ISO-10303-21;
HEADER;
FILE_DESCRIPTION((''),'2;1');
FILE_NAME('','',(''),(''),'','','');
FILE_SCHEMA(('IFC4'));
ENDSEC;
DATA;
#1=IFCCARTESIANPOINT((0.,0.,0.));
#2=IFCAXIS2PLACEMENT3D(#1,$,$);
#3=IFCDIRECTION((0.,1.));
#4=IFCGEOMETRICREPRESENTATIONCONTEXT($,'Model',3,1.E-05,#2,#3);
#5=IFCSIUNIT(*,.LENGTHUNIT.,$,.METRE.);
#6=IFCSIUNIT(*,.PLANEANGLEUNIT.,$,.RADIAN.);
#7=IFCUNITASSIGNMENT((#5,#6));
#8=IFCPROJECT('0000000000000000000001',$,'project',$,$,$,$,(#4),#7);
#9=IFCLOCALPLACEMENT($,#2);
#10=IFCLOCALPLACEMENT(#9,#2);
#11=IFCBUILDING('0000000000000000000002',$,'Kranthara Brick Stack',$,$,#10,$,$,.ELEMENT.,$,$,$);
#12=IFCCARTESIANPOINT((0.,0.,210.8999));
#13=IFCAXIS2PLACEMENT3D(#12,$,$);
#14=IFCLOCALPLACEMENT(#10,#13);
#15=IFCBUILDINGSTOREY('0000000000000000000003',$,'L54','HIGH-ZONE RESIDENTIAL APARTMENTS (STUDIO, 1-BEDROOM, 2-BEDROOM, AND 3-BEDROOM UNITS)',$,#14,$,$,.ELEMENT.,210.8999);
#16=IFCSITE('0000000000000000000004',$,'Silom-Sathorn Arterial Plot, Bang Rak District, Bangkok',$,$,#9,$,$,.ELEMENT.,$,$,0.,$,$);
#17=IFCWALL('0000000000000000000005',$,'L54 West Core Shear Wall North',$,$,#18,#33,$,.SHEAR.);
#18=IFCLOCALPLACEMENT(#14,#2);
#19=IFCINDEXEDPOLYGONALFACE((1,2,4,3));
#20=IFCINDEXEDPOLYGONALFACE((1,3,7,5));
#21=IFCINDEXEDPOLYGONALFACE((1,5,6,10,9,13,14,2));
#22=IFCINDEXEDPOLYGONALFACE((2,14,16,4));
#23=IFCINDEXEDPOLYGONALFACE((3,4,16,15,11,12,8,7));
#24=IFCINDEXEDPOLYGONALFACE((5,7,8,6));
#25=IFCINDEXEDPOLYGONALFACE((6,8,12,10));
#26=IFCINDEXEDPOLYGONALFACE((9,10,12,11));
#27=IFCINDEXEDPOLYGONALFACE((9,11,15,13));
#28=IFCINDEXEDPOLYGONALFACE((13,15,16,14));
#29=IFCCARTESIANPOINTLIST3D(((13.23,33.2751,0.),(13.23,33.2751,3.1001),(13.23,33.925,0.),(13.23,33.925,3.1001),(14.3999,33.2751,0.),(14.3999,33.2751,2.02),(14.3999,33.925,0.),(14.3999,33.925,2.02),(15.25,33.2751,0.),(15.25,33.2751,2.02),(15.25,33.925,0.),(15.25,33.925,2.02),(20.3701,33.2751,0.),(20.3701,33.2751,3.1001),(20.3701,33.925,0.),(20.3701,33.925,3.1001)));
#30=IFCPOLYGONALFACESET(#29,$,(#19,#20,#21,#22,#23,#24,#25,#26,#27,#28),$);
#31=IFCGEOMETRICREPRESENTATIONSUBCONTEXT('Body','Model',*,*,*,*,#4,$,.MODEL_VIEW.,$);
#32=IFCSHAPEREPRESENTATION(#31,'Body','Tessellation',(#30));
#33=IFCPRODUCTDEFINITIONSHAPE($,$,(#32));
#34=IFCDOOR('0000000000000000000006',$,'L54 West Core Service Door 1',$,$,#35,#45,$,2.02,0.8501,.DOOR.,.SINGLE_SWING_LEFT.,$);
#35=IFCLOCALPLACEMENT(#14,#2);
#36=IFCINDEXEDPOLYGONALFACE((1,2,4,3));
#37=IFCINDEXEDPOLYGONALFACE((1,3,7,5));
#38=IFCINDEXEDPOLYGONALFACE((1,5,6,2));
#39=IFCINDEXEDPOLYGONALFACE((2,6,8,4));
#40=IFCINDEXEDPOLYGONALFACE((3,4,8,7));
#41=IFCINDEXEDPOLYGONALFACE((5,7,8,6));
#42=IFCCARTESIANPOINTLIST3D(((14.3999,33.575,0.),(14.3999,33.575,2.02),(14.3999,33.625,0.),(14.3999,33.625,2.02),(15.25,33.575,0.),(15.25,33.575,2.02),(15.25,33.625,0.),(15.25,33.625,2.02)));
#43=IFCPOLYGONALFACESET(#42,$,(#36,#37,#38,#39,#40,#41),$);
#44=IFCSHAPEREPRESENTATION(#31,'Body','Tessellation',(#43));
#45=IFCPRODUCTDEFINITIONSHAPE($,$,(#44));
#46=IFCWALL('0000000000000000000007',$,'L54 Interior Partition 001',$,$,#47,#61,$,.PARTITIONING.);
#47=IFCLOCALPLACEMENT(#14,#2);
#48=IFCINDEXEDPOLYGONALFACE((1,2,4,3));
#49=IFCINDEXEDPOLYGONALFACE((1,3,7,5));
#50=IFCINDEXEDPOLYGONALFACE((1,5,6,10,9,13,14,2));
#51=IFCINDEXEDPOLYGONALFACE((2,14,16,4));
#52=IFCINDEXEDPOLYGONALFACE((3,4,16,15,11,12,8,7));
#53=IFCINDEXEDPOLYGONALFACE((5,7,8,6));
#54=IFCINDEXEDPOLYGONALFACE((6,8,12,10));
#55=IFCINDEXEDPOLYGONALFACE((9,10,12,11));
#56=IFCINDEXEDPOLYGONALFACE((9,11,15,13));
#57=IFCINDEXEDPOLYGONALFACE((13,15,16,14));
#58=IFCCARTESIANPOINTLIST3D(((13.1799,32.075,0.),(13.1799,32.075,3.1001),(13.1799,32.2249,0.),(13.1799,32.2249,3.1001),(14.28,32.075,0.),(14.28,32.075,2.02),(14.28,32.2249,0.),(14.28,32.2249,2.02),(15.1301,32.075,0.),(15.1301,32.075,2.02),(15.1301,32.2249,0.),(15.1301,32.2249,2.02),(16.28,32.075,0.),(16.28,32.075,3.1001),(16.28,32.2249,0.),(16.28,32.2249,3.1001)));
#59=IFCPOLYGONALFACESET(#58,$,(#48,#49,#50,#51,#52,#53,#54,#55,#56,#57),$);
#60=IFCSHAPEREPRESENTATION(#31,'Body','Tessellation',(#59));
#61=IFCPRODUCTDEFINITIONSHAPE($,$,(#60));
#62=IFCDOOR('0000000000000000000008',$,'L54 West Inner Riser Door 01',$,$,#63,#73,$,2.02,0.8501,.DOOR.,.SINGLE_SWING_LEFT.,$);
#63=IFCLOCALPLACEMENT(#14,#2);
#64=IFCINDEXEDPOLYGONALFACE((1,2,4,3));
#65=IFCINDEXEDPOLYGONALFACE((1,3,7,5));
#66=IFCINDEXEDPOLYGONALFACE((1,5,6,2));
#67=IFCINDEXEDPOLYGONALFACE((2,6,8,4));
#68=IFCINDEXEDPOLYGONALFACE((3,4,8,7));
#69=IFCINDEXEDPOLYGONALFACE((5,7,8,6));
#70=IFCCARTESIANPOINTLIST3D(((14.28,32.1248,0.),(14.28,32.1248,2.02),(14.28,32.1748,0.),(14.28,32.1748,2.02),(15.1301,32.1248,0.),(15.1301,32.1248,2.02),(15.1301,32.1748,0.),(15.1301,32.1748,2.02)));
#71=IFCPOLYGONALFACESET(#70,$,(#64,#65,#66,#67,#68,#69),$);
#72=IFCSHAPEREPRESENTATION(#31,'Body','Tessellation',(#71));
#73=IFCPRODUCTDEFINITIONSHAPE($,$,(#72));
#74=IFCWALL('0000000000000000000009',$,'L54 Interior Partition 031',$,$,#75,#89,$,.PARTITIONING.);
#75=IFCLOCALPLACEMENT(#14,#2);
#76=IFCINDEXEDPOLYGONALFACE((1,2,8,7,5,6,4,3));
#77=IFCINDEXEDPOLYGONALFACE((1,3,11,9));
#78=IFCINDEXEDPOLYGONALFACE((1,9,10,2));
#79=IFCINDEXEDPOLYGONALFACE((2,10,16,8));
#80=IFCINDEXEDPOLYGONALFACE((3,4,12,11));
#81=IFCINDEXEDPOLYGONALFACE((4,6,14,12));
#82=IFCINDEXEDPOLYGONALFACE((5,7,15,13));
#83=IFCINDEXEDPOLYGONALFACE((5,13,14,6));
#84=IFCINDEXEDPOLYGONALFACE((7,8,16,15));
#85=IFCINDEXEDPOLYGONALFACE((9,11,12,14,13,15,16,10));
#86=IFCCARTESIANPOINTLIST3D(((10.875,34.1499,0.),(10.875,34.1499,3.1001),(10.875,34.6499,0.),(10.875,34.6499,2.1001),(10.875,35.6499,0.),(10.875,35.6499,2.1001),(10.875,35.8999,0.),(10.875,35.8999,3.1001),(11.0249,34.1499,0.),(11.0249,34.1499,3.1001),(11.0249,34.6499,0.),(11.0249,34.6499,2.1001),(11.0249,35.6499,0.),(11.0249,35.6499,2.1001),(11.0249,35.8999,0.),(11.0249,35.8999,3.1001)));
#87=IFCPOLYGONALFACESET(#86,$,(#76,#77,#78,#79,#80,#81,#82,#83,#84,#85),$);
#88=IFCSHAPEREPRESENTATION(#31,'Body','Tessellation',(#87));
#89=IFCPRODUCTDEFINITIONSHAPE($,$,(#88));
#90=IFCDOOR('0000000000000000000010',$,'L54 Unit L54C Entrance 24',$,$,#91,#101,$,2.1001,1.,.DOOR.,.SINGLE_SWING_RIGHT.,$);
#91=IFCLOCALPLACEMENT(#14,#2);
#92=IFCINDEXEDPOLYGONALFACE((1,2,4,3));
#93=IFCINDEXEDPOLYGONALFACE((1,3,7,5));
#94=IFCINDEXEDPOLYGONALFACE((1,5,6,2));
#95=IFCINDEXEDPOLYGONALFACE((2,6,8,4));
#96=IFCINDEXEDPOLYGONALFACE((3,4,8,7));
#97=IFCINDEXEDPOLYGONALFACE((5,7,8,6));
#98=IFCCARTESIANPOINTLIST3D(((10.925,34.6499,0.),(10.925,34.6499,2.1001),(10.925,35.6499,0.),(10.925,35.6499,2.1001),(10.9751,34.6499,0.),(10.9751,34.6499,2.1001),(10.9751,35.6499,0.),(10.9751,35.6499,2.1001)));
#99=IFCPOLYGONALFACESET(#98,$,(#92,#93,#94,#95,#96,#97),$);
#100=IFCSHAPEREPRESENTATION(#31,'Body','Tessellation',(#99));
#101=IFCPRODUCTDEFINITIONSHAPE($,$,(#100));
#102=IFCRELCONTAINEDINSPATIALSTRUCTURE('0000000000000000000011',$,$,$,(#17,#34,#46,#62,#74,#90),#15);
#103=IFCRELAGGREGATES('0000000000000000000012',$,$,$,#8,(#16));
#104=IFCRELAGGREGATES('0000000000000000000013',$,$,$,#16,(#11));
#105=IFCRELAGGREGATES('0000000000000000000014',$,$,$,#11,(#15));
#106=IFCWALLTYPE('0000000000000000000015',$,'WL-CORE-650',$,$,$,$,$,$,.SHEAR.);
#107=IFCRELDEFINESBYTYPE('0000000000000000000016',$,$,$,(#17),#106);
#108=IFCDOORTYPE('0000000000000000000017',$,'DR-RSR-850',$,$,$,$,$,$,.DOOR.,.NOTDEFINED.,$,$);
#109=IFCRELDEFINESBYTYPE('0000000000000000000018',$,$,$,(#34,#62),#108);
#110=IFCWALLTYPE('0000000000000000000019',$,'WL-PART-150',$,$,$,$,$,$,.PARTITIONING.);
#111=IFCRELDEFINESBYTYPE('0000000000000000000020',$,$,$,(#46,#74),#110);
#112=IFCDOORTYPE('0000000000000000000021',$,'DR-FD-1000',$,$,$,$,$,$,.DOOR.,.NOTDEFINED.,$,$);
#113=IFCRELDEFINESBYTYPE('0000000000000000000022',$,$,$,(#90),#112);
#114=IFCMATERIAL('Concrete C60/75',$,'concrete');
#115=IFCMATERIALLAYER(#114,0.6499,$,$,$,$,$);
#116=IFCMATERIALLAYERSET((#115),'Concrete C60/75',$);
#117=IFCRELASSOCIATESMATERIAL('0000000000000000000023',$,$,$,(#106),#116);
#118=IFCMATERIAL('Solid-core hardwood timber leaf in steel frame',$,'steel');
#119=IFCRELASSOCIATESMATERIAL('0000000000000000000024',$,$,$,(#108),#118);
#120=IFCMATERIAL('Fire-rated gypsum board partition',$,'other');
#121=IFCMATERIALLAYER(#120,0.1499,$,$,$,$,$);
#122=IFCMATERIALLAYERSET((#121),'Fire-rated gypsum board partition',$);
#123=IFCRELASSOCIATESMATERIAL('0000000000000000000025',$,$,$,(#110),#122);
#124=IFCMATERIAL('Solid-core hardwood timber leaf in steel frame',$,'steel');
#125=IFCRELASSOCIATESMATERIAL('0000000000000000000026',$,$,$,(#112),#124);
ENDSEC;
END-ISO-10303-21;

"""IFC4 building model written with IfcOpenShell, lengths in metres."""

from ifc_helpers import new_model, si_unit, direction, frame, frame_2d, origin, place, context, subcontext, project, spatial, rectangle, extrude, material, layer, layer_set, type_object, element, fill, save


model = new_model("IFC4")

# Units and contexts
model_context = context("Model", 3, precision=1e-05, world=origin(), true_north=direction((0.0, 1.0)))
body_context = subcontext(model_context, "Body", "Model", "MODEL_VIEW")
ifc_project = project(units=[si_unit("LENGTHUNIT", "METRE"), si_unit("PLANEANGLEUNIT", "RADIAN")], contexts=[model_context])

# Site, building, storey
site_placement = place(None, origin())
site = spatial("IfcSite", under=ifc_project, at=site_placement, Name="Silom-Sathorn Arterial Plot, Bang Rak District, Bangkok", CompositionType="ELEMENT", RefElevation=0.0)
building_placement = place(site_placement, origin())
building = spatial("IfcBuilding", under=site, at=building_placement, Name="Kranthara Brick Stack", CompositionType="ELEMENT")
storey_placement = place(building_placement, frame((0.0, 0.0, 210.8999)))
storey = spatial("IfcBuildingStorey", under=building, at=storey_placement, Name="L54", Description="HIGH-ZONE RESIDENTIAL APARTMENTS (STUDIO, 1-BEDROOM, 2-BEDROOM, AND 3-BEDROOM UNITS)", CompositionType="ELEMENT", Elevation=210.8999)

# Walls, openings, doors
ifc_material_1 = material(Name="Concrete C60/75", Category="concrete")
ifc_layer_1 = layer(ifc_material_1, 0.6499)
ifc_layer_set_1 = layer_set([ifc_layer_1], Name="Concrete C60/75")
wall_type_1 = type_object("IfcWallType", Name="WL-CORE-650", PredefinedType="SHEAR", material=ifc_layer_set_1)
wall_1_placement = place(storey_placement, frame((13.23, 33.6001, 0.0), z_axis=(0.0, 0.0, 1.0), x_axis=(1.0, 0.0, 0.0)))
wall_1 = element("IfcWall", 1, at=wall_1_placement, inside=storey, type_object=wall_type_1, Name="L54 West Core Shear Wall North", PredefinedType="SHEAR", context=body_context, shape_type="SweptSolid", body=[
    extrude(rectangle(XDim=7.1401, YDim=0.6499, at=frame_2d((3.5701, 0.0))), origin(), (0.0, 0.0, 1.0), 3.1001),
])
opening_1_placement = place(wall_1_placement, frame((1.1699, 0.0, 0.0)))
opening_1 = element("IfcOpeningElement", 2, at=opening_1_placement, cuts=wall_1, PredefinedType="OPENING", context=body_context, shape_type="SweptSolid", body=[
    extrude(rectangle(XDim=0.8501, YDim=2.02, at=frame_2d((0.425, 1.01))), frame((0.0, 0.335, 0.0), z_axis=(0.0, -1.0, 0.0), x_axis=(1.0, 0.0, 0.0)), (0.0, 0.0, 1.0), 0.6699),
])
ifc_material_2 = material(Name="Solid-core hardwood timber leaf in steel frame", Category="steel")
door_type_1 = type_object("IfcDoorType", Name="DR-RSR-850", OperationType="NOTDEFINED", PredefinedType="DOOR", material=ifc_material_2)
door_1_placement = place(opening_1_placement, origin())
door_1 = element("IfcDoor", 3, at=door_1_placement, inside=storey, type_object=door_type_1, Name="L54 West Core Service Door 1", OperationType="SINGLE_SWING_LEFT", OverallHeight=2.02, OverallWidth=0.8501, PredefinedType="DOOR", context=body_context, shape_type="SweptSolid", body=[
    extrude(rectangle(XDim=0.8501, YDim=2.02, at=frame_2d((0.425, 1.01))), frame((0.0, 0.0249, 0.0), z_axis=(0.0, -1.0, 0.0), x_axis=(1.0, 0.0, 0.0)), (0.0, 0.0, 1.0), 0.05),
])
fill(opening_1, door_1)
ifc_material_3 = material(Name="Fire-rated gypsum board partition", Category="other")
ifc_layer_2 = layer(ifc_material_3, 0.1499)
ifc_layer_set_2 = layer_set([ifc_layer_2], Name="Fire-rated gypsum board partition")
wall_type_2 = type_object("IfcWallType", Name="WL-PART-150", PredefinedType="PARTITIONING", material=ifc_layer_set_2)
wall_2_placement = place(storey_placement, frame((13.1799, 32.1499, 0.0), z_axis=(0.0, 0.0, 1.0), x_axis=(1.0, 0.0, 0.0)))
wall_2 = element("IfcWall", 4, at=wall_2_placement, inside=storey, type_object=wall_type_2, Name="L54 Interior Partition 001", PredefinedType="PARTITIONING", context=body_context, shape_type="SweptSolid", body=[
    extrude(rectangle(XDim=3.1001, YDim=0.1499, at=frame_2d((1.55, 0.0))), origin(), (0.0, 0.0, 1.0), 3.1001),
])
opening_2_placement = place(wall_2_placement, frame((1.1001, 0.0, 0.0)))
opening_2 = element("IfcOpeningElement", 5, at=opening_2_placement, cuts=wall_2, PredefinedType="OPENING", context=body_context, shape_type="SweptSolid", body=[
    extrude(rectangle(XDim=0.8501, YDim=2.02, at=frame_2d((0.425, 1.01))), frame((0.0, 0.085, 0.0), z_axis=(0.0, -1.0, 0.0), x_axis=(1.0, 0.0, 0.0)), (0.0, 0.0, 1.0), 0.1699),
])
door_2_placement = place(opening_2_placement, origin())
door_2 = element("IfcDoor", 6, at=door_2_placement, inside=storey, type_object=door_type_1, Name="L54 West Inner Riser Door 01", OperationType="SINGLE_SWING_LEFT", OverallHeight=2.02, OverallWidth=0.8501, PredefinedType="DOOR", context=body_context, shape_type="SweptSolid", body=[
    extrude(rectangle(XDim=0.8501, YDim=2.02, at=frame_2d((0.425, 1.01))), frame((0.0, 0.0249, 0.0), z_axis=(0.0, -1.0, 0.0), x_axis=(1.0, 0.0, 0.0)), (0.0, 0.0, 1.0), 0.05),
])
fill(opening_2, door_2)
wall_3_placement = place(storey_placement, frame((10.95, 34.1499, 0.0), z_axis=(0.0, 0.0, 1.0), x_axis=(0.0, 1.0, 0.0)))
wall_3 = element("IfcWall", 7, at=wall_3_placement, inside=storey, type_object=wall_type_2, Name="L54 Interior Partition 031", PredefinedType="PARTITIONING", context=body_context, shape_type="SweptSolid", body=[
    extrude(rectangle(XDim=1.75, YDim=0.1499, at=frame_2d((0.875, 0.0))), origin(), (0.0, 0.0, 1.0), 3.1001),
])
opening_3_placement = place(wall_3_placement, frame((0.5, 0.0, 0.0)))
opening_3 = element("IfcOpeningElement", 8, at=opening_3_placement, cuts=wall_3, PredefinedType="OPENING", context=body_context, shape_type="SweptSolid", body=[
    extrude(rectangle(XDim=1.0, YDim=2.1001, at=frame_2d((0.5, 1.05))), frame((0.0, 0.085, 0.0), z_axis=(0.0, -1.0, 0.0), x_axis=(1.0, 0.0, 0.0)), (0.0, 0.0, 1.0), 0.1699),
])
ifc_material_4 = material(Name="Solid-core hardwood timber leaf in steel frame", Category="steel")
door_type_2 = type_object("IfcDoorType", Name="DR-FD-1000", OperationType="NOTDEFINED", PredefinedType="DOOR", material=ifc_material_4)
door_3_placement = place(opening_3_placement, origin())
door_3 = element("IfcDoor", 9, at=door_3_placement, inside=storey, type_object=door_type_2, Name="L54 Unit L54C Entrance 24", OperationType="SINGLE_SWING_RIGHT", OverallHeight=2.1001, OverallWidth=1.0, PredefinedType="DOOR", context=body_context, shape_type="SweptSolid", body=[
    extrude(rectangle(XDim=1.0, YDim=2.1001, at=frame_2d((0.5, 1.05))), frame((0.0, 0.0249, 0.0), z_axis=(0.0, -1.0, 0.0), x_axis=(1.0, 0.0, 0.0)), (0.0, 0.0, 1.0), 0.05),
])
fill(opening_3, door_3)

save(model, "model.ifc")
